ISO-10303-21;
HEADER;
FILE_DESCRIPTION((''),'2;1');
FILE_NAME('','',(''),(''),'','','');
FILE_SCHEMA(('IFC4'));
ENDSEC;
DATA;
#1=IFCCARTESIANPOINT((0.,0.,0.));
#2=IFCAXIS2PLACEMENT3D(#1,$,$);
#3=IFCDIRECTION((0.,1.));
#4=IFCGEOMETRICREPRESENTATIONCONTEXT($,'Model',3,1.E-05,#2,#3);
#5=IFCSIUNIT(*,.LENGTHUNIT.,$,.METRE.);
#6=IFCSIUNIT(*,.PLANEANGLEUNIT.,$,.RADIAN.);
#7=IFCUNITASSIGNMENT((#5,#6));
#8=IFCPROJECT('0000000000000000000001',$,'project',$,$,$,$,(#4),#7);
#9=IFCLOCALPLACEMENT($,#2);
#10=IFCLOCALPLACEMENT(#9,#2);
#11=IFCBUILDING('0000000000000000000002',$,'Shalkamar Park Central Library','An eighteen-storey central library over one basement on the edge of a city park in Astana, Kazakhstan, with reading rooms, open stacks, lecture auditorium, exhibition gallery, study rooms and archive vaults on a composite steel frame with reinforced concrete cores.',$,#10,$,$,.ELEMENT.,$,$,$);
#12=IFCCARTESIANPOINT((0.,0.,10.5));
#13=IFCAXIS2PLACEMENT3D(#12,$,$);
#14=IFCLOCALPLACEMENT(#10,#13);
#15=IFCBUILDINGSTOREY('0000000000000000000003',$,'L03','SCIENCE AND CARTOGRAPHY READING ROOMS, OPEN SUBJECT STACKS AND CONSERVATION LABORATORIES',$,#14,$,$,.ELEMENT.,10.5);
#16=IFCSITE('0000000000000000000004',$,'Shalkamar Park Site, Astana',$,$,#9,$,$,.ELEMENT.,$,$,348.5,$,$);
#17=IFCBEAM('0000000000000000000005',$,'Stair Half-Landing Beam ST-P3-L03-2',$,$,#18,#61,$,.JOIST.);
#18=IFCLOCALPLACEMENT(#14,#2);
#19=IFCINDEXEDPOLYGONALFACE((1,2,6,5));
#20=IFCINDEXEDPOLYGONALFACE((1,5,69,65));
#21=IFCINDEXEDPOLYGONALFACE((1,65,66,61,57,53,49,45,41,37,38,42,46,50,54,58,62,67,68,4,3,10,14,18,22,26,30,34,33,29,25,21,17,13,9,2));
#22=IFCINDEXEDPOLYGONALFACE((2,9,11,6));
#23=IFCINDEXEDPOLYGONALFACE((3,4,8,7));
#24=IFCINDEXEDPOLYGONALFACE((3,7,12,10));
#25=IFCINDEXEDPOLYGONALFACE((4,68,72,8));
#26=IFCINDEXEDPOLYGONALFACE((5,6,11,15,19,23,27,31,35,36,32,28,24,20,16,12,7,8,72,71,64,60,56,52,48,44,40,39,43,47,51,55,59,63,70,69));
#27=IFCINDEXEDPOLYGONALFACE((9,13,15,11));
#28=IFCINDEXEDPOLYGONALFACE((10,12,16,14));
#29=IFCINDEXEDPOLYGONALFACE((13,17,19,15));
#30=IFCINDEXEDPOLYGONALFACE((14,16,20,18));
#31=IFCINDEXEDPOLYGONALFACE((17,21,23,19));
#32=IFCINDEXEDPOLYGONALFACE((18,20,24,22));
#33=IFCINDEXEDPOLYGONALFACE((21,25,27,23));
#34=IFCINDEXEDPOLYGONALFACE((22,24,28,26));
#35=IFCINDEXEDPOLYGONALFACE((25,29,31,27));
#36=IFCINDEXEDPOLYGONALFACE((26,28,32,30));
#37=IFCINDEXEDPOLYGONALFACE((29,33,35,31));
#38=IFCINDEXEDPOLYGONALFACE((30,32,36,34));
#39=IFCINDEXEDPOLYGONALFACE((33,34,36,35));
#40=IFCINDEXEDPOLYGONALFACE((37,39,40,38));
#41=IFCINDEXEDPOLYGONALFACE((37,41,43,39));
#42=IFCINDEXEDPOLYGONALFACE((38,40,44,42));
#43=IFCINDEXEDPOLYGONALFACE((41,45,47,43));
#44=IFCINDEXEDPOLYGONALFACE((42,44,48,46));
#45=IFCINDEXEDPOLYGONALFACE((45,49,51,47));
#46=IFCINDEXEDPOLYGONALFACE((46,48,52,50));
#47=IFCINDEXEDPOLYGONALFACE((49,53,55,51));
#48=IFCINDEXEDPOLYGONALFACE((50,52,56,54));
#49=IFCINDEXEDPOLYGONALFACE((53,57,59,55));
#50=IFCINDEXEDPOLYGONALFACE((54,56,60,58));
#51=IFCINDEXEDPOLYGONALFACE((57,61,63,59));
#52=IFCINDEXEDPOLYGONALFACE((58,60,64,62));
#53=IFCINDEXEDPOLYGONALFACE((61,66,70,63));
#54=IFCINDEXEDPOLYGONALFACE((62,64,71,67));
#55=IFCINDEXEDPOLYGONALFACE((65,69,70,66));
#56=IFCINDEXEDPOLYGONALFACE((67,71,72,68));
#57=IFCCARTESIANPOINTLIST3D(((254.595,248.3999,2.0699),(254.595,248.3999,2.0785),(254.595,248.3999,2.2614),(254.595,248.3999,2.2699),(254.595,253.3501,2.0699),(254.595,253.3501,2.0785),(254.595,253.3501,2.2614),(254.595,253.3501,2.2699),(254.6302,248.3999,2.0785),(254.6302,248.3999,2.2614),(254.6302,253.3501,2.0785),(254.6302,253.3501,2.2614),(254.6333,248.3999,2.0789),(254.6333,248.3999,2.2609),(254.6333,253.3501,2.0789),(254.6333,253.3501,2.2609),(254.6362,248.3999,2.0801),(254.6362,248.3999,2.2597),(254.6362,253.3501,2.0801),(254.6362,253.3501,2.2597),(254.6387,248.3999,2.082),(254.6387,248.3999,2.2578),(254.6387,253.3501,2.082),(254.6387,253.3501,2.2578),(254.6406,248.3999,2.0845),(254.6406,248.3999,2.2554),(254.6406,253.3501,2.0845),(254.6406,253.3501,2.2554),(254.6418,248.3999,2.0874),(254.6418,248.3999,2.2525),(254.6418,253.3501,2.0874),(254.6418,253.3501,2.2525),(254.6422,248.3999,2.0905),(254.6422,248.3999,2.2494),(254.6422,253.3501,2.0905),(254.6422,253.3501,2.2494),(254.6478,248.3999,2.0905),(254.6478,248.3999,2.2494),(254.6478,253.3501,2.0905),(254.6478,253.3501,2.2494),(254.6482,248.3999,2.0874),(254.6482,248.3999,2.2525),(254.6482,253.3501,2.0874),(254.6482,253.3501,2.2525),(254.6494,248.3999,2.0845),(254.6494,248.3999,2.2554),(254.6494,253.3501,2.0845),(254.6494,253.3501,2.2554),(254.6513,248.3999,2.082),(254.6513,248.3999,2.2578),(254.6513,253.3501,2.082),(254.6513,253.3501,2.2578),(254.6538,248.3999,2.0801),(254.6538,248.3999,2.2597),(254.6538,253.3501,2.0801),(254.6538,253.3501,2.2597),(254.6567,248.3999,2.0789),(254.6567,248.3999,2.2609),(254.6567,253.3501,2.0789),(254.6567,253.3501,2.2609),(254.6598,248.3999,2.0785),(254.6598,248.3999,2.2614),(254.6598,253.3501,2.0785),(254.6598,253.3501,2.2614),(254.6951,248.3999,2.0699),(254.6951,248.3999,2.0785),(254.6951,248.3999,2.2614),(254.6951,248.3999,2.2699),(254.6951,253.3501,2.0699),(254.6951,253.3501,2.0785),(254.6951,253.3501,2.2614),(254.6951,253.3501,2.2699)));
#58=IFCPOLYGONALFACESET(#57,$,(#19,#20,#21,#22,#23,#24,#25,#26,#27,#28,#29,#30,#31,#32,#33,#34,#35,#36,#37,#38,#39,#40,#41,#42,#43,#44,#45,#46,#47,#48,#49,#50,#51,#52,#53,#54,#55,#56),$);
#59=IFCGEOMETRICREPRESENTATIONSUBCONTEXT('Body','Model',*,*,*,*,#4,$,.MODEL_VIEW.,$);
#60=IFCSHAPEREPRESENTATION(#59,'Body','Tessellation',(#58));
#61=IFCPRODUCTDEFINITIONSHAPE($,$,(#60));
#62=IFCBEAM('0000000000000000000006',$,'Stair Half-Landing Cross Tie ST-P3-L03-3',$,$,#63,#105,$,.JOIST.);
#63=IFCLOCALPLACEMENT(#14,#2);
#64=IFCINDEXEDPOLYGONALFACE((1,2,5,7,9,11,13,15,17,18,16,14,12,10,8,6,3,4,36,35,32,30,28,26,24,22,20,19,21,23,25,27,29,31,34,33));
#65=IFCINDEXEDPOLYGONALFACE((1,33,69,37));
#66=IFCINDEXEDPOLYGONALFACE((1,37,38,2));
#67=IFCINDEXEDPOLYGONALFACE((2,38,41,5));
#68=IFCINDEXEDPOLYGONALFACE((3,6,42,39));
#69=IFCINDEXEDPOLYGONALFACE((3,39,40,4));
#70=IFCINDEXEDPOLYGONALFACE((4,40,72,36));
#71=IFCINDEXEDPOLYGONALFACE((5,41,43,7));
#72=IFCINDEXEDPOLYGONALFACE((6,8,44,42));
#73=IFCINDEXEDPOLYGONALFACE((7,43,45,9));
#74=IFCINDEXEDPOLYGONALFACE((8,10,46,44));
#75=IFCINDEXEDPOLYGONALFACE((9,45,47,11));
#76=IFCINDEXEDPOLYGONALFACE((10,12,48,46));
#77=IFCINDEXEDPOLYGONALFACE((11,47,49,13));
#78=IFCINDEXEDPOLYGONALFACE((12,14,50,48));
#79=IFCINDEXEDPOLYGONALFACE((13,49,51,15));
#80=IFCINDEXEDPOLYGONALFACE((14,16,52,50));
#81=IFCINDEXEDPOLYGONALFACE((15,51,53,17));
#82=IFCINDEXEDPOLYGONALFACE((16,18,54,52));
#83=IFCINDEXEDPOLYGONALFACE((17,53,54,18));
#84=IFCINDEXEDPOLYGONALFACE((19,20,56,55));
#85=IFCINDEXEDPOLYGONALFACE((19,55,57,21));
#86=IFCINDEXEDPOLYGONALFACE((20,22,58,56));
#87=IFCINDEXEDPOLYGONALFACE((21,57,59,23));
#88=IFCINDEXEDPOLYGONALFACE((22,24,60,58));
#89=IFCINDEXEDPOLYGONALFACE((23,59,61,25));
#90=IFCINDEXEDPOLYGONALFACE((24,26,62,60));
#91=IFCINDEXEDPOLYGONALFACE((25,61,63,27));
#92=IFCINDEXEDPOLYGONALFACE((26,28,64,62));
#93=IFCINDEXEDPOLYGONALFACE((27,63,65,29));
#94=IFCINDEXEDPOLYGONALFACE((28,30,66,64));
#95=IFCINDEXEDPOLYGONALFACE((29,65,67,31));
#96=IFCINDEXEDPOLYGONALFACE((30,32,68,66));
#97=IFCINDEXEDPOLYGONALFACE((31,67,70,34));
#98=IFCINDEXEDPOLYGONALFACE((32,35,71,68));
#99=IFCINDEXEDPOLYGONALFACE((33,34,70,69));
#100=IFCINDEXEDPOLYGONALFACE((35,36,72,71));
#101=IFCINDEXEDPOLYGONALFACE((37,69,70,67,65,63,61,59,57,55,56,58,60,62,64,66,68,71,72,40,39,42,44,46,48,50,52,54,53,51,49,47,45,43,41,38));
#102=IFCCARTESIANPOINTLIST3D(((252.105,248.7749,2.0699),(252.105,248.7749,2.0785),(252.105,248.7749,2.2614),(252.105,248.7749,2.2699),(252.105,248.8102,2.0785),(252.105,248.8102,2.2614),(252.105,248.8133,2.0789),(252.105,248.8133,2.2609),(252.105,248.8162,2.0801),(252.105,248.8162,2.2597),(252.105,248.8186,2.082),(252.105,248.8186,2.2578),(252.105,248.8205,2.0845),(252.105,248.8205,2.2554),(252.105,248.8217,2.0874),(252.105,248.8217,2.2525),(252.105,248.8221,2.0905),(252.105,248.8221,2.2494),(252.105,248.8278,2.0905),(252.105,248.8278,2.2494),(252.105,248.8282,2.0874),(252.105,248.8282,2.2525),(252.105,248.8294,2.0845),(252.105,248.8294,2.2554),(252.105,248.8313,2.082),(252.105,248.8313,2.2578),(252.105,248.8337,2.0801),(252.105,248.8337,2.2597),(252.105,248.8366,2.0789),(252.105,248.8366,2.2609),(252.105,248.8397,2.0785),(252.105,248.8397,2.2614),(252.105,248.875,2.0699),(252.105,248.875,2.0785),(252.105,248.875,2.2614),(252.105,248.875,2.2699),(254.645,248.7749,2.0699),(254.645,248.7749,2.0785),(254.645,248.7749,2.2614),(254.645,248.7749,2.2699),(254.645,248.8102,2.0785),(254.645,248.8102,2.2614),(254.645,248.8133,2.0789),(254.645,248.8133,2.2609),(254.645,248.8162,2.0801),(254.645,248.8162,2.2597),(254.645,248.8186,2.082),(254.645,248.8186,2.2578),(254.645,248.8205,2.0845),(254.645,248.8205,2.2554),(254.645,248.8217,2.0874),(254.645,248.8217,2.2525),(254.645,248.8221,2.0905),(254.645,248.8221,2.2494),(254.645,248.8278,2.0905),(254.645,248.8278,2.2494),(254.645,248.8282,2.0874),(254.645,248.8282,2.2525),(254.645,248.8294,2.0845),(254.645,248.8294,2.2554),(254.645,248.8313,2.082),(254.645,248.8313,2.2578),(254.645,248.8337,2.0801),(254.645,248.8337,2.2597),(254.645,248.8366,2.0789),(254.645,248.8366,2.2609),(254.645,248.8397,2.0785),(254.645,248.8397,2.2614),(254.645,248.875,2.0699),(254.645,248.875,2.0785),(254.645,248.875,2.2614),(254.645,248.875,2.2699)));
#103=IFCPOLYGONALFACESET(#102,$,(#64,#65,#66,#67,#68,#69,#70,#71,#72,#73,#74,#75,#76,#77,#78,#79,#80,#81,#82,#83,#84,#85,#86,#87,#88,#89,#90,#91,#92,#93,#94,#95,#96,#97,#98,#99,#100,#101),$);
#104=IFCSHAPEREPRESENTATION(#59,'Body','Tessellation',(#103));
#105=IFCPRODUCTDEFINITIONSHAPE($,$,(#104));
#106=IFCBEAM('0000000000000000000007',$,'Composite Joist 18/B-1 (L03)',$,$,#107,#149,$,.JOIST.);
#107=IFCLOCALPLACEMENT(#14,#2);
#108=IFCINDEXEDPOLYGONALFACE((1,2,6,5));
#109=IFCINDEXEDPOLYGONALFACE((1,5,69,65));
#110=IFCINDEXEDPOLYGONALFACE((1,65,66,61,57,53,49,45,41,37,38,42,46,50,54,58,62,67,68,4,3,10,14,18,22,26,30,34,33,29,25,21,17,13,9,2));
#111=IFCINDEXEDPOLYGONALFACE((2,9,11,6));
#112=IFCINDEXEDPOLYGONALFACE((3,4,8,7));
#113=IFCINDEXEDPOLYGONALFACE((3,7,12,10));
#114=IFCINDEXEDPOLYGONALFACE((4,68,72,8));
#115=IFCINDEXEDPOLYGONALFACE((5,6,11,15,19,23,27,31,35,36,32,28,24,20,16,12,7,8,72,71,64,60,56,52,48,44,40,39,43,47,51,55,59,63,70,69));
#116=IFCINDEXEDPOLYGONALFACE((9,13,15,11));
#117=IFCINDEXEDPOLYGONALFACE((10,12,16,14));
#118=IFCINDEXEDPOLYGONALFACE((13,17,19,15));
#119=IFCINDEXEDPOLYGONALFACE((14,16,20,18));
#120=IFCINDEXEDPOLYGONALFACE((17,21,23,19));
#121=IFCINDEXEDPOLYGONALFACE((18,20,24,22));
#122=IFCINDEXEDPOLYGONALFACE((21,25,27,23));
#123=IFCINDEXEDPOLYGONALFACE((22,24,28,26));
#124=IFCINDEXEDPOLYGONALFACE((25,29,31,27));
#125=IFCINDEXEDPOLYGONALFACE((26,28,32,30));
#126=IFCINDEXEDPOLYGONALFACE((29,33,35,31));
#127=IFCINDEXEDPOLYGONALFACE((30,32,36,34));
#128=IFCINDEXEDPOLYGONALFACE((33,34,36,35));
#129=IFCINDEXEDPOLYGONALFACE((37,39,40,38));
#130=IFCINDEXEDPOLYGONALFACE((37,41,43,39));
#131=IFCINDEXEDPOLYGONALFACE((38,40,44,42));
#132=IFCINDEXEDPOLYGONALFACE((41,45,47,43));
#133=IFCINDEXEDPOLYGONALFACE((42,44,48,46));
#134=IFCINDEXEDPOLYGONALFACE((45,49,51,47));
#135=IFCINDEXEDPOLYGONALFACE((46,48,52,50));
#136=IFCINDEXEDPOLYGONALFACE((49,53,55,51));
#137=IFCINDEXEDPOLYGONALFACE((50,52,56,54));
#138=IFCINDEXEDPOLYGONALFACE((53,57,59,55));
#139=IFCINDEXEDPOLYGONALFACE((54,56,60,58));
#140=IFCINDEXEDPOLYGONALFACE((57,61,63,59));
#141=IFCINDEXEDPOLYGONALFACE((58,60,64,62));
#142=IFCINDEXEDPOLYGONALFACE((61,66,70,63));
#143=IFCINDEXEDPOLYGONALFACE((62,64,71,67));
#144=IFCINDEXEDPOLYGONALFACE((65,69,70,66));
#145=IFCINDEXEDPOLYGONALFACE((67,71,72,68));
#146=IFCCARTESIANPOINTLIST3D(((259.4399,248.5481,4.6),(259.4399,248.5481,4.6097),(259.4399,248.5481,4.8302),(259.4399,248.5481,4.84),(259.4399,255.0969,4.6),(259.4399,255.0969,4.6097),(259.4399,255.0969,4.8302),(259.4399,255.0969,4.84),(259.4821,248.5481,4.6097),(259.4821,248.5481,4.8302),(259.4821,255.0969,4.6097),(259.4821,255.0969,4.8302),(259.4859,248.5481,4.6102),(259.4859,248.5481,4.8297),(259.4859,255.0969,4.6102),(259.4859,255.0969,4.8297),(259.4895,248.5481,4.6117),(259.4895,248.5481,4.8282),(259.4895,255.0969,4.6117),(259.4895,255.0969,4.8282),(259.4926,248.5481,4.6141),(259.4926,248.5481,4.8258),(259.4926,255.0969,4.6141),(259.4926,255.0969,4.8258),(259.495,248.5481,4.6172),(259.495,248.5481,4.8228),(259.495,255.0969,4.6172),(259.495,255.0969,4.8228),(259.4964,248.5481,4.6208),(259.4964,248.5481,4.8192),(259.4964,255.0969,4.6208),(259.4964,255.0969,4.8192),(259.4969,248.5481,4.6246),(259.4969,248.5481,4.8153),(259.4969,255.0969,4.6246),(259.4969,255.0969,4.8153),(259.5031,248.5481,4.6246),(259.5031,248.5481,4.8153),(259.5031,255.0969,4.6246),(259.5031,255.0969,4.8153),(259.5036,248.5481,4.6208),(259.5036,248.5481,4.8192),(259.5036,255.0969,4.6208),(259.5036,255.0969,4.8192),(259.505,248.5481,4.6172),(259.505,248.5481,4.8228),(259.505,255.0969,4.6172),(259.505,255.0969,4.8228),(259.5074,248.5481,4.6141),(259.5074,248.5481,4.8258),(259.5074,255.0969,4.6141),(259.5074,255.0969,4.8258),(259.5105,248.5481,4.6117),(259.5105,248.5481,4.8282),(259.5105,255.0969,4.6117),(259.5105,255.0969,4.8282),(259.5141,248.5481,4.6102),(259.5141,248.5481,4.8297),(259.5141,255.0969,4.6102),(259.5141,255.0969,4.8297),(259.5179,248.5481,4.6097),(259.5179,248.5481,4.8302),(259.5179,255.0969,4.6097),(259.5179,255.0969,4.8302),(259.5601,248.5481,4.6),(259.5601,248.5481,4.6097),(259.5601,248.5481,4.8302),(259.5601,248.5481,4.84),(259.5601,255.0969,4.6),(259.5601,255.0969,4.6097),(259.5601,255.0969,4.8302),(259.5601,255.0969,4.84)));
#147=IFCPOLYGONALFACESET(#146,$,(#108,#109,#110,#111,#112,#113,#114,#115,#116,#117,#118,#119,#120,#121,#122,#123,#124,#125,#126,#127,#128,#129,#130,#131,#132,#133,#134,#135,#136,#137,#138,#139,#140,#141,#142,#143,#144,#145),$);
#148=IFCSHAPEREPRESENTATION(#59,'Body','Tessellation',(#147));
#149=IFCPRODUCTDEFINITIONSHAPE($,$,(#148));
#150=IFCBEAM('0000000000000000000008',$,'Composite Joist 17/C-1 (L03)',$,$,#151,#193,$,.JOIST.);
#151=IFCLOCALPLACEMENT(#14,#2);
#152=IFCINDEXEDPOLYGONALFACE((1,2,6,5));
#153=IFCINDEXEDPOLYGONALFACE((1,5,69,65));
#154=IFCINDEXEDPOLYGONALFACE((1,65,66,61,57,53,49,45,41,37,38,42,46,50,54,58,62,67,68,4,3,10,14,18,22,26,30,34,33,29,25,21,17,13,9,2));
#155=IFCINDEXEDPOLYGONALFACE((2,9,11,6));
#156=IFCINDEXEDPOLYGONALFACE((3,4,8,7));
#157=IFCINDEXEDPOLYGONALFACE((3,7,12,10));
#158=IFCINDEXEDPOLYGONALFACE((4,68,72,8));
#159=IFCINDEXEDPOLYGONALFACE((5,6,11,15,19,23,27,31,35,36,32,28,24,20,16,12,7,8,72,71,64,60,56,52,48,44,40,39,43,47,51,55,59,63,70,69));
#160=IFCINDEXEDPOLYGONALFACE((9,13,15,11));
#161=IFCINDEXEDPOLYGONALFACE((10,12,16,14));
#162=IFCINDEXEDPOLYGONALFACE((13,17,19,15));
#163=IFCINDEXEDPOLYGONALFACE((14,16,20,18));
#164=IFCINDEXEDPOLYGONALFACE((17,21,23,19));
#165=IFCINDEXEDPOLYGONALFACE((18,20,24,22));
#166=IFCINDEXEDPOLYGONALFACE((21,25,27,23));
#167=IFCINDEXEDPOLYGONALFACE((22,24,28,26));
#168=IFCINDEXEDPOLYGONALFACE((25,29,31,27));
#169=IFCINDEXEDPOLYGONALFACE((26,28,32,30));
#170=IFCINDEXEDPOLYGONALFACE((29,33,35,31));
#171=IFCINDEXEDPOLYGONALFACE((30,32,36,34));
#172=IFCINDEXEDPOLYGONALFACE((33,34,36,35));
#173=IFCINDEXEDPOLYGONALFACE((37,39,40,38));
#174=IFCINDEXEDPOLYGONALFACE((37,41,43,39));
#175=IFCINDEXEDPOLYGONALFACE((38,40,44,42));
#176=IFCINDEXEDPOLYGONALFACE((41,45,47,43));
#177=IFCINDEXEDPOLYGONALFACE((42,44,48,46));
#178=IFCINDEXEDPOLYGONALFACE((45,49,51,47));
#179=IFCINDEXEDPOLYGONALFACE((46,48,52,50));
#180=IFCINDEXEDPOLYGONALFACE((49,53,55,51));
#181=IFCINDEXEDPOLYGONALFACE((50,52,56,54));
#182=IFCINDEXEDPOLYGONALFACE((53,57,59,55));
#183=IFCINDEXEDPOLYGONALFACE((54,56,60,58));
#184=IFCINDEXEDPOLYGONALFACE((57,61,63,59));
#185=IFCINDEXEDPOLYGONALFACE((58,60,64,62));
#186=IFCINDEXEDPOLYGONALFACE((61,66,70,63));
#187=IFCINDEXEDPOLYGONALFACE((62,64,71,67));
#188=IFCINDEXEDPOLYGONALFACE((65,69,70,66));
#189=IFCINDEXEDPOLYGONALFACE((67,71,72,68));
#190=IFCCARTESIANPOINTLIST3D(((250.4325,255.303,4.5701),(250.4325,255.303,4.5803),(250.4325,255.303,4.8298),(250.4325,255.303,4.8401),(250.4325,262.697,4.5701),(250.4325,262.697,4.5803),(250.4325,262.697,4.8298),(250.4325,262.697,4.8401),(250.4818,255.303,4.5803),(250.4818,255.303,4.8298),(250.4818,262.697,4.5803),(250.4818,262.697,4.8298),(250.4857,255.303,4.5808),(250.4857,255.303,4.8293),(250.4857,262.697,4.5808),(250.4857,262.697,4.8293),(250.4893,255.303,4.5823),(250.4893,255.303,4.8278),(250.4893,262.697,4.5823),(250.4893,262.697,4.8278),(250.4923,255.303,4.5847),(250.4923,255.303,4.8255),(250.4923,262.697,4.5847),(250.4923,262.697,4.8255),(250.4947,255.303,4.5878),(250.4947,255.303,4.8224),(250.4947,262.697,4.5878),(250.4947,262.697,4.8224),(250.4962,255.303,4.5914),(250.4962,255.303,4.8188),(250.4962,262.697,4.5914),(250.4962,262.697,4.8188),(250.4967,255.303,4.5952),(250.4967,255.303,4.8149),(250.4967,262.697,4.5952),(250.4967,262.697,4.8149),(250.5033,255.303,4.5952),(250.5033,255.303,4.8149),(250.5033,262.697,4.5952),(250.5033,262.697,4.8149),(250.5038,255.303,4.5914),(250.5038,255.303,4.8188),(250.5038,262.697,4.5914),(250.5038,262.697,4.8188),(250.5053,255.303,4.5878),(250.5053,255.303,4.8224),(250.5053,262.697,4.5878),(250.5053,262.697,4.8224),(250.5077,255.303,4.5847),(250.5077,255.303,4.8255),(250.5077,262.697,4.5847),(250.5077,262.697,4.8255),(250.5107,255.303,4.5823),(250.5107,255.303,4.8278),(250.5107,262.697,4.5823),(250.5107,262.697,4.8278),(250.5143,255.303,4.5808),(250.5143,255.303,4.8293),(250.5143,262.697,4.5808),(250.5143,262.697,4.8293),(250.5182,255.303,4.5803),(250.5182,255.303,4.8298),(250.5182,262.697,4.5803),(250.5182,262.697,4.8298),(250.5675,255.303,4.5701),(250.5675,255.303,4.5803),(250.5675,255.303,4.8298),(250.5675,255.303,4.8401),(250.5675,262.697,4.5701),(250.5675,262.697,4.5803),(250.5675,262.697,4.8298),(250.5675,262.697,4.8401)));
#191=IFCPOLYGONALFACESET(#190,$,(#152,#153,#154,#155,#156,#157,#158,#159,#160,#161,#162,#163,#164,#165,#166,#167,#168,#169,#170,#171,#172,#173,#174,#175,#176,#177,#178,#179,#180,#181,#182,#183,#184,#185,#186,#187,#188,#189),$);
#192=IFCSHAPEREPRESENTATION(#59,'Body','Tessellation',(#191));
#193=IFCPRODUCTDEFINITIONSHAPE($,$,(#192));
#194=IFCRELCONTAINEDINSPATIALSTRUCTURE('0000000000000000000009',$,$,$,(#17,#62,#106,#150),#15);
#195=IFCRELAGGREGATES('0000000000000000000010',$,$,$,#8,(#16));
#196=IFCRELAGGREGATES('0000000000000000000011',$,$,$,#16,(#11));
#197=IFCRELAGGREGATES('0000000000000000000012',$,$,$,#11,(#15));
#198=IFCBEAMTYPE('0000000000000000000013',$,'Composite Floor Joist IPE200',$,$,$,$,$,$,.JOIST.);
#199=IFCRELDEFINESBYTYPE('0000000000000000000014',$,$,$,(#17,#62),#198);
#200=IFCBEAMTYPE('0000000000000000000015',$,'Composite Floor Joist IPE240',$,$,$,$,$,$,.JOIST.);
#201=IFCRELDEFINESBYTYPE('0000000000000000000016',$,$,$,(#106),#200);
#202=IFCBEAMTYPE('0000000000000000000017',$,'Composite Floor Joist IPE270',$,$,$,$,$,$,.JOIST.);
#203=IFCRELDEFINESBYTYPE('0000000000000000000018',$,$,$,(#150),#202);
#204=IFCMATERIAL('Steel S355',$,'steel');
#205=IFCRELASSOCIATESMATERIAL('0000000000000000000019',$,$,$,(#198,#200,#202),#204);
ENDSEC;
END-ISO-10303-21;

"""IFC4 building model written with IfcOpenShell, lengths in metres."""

from ifc_helpers import new_model, si_unit, direction, frame, origin, origin_2d, place, context, subcontext, project, spatial, i_section, extrude, material, material_profile, profile_set, type_object, element, save


model = new_model("IFC4")

# Units and contexts
model_context = context("Model", 3, precision=1e-05, world=origin(), true_north=direction((0.0, 1.0)))
body_context = subcontext(model_context, "Body", "Model", "MODEL_VIEW")
ifc_project = project(units=[si_unit("LENGTHUNIT", "METRE"), si_unit("PLANEANGLEUNIT", "RADIAN")], contexts=[model_context])

# Site, building, storey
site_placement = place(None, origin())
site = spatial("IfcSite", under=ifc_project, at=site_placement, Name="Shalkamar Park Site, Astana", CompositionType="ELEMENT", RefElevation=348.5)
building_placement = place(site_placement, origin())
building = spatial("IfcBuilding", under=site, at=building_placement, Name="Shalkamar Park Central Library", Description="An eighteen-storey central library over one basement on the edge of a city park in Astana, Kazakhstan, with reading rooms, open stacks, lecture auditorium, exhibition gallery, study rooms and archive vaults on a composite steel frame with reinforced concrete cores.", CompositionType="ELEMENT")
storey_placement = place(building_placement, frame((0.0, 0.0, 10.5)))
storey = spatial("IfcBuildingStorey", under=building, at=storey_placement, Name="L03", Description="SCIENCE AND CARTOGRAPHY READING ROOMS, OPEN SUBJECT STACKS AND CONSERVATION LABORATORIES", CompositionType="ELEMENT", Elevation=10.5)

# Shared definitions
ifc_material_1 = material(Name="Steel S355", Category="steel")

# Beams
ifc_material_profile_1 = material_profile(ifc_material_1, i_section(OverallWidth=0.1001, OverallDepth=0.2, WebThickness=0.0056, FlangeThickness=0.0085, FilletRadius=0.012, at=origin_2d()), Name="IPE 200")
ifc_profile_set_1 = profile_set([ifc_material_profile_1], Name="Steel S355")
beam_type_1 = type_object("IfcBeamType", Name="Composite Floor Joist IPE200", PredefinedType="JOIST", material=ifc_profile_set_1)
for number, where, z_axis, x_axis, name in (
    (1, (254.645, 248.3999, 2.1699), (0.0, 1.0, 0.0), (-1.0, 0.0, 0.0), "Stair Half-Landing Beam ST-P3-L03-2"),
):
    element("IfcBeam", number, at=place(storey_placement, frame(where, z_axis=z_axis, x_axis=x_axis)), inside=storey, type_object=beam_type_1, Name=name, PredefinedType="JOIST", context=body_context, shape_type="SweptSolid", body=[
        extrude(i_section(OverallWidth=0.1001, OverallDepth=0.2, WebThickness=0.0056, FlangeThickness=0.0085, FilletRadius=0.012, at=origin_2d()), origin(), (0.0, 0.0, 1.0), 4.9502),
    ])
beam_1_placement = place(storey_placement, frame((252.105, 248.825, 2.1699), z_axis=(1.0, 0.0, 0.0), x_axis=(0.0, 1.0, 0.0)))
element("IfcBeam", 2, at=beam_1_placement, inside=storey, type_object=beam_type_1, Name="Stair Half-Landing Cross Tie ST-P3-L03-3", PredefinedType="JOIST", context=body_context, shape_type="SweptSolid", body=[
    extrude(i_section(OverallWidth=0.1001, OverallDepth=0.2, WebThickness=0.0056, FlangeThickness=0.0085, FilletRadius=0.012, at=origin_2d()), origin(), (0.0, 0.0, 1.0), 2.54),
])
ifc_material_profile_2 = material_profile(ifc_material_1, i_section(OverallWidth=0.1201, OverallDepth=0.24, WebThickness=0.0061, FlangeThickness=0.0098, FilletRadius=0.0149, at=origin_2d()), Name="IPE 240")
ifc_profile_set_2 = profile_set([ifc_material_profile_2], Name="Steel S355")
beam_type_2 = type_object("IfcBeamType", Name="Composite Floor Joist IPE240", PredefinedType="JOIST", material=ifc_profile_set_2)
beam_2_placement = place(storey_placement, frame((259.5, 248.5481, 4.72), z_axis=(0.0, 1.0, 0.0), x_axis=(-1.0, 0.0, 0.0)))
element("IfcBeam", 3, at=beam_2_placement, inside=storey, type_object=beam_type_2, Name="Composite Joist 18/B-1 (L03)", PredefinedType="JOIST", context=body_context, shape_type="SweptSolid", body=[
    extrude(i_section(OverallWidth=0.1201, OverallDepth=0.24, WebThickness=0.0061, FlangeThickness=0.0098, FilletRadius=0.0149, at=origin_2d()), origin(), (0.0, 0.0, 1.0), 6.5488),
])
ifc_material_profile_3 = material_profile(ifc_material_1, i_section(OverallWidth=0.135, OverallDepth=0.27, WebThickness=0.0066, FlangeThickness=0.0103, FilletRadius=0.0149, at=origin_2d()), Name="IPE 270")
ifc_profile_set_3 = profile_set([ifc_material_profile_3], Name="Steel S355")
beam_type_3 = type_object("IfcBeamType", Name="Composite Floor Joist IPE270", PredefinedType="JOIST", material=ifc_profile_set_3)
beam_3_placement = place(storey_placement, frame((250.5, 255.303, 4.7051), z_axis=(0.0, 1.0, 0.0), x_axis=(-1.0, 0.0, 0.0)))
element("IfcBeam", 4, at=beam_3_placement, inside=storey, type_object=beam_type_3, Name="Composite Joist 17/C-1 (L03)", PredefinedType="JOIST", context=body_context, shape_type="SweptSolid", body=[
    extrude(i_section(OverallWidth=0.135, OverallDepth=0.27, WebThickness=0.0066, FlangeThickness=0.0103, FilletRadius=0.0149, at=origin_2d()), origin(), (0.0, 0.0, 1.0), 7.394),
])

save(model, "model.ifc")
